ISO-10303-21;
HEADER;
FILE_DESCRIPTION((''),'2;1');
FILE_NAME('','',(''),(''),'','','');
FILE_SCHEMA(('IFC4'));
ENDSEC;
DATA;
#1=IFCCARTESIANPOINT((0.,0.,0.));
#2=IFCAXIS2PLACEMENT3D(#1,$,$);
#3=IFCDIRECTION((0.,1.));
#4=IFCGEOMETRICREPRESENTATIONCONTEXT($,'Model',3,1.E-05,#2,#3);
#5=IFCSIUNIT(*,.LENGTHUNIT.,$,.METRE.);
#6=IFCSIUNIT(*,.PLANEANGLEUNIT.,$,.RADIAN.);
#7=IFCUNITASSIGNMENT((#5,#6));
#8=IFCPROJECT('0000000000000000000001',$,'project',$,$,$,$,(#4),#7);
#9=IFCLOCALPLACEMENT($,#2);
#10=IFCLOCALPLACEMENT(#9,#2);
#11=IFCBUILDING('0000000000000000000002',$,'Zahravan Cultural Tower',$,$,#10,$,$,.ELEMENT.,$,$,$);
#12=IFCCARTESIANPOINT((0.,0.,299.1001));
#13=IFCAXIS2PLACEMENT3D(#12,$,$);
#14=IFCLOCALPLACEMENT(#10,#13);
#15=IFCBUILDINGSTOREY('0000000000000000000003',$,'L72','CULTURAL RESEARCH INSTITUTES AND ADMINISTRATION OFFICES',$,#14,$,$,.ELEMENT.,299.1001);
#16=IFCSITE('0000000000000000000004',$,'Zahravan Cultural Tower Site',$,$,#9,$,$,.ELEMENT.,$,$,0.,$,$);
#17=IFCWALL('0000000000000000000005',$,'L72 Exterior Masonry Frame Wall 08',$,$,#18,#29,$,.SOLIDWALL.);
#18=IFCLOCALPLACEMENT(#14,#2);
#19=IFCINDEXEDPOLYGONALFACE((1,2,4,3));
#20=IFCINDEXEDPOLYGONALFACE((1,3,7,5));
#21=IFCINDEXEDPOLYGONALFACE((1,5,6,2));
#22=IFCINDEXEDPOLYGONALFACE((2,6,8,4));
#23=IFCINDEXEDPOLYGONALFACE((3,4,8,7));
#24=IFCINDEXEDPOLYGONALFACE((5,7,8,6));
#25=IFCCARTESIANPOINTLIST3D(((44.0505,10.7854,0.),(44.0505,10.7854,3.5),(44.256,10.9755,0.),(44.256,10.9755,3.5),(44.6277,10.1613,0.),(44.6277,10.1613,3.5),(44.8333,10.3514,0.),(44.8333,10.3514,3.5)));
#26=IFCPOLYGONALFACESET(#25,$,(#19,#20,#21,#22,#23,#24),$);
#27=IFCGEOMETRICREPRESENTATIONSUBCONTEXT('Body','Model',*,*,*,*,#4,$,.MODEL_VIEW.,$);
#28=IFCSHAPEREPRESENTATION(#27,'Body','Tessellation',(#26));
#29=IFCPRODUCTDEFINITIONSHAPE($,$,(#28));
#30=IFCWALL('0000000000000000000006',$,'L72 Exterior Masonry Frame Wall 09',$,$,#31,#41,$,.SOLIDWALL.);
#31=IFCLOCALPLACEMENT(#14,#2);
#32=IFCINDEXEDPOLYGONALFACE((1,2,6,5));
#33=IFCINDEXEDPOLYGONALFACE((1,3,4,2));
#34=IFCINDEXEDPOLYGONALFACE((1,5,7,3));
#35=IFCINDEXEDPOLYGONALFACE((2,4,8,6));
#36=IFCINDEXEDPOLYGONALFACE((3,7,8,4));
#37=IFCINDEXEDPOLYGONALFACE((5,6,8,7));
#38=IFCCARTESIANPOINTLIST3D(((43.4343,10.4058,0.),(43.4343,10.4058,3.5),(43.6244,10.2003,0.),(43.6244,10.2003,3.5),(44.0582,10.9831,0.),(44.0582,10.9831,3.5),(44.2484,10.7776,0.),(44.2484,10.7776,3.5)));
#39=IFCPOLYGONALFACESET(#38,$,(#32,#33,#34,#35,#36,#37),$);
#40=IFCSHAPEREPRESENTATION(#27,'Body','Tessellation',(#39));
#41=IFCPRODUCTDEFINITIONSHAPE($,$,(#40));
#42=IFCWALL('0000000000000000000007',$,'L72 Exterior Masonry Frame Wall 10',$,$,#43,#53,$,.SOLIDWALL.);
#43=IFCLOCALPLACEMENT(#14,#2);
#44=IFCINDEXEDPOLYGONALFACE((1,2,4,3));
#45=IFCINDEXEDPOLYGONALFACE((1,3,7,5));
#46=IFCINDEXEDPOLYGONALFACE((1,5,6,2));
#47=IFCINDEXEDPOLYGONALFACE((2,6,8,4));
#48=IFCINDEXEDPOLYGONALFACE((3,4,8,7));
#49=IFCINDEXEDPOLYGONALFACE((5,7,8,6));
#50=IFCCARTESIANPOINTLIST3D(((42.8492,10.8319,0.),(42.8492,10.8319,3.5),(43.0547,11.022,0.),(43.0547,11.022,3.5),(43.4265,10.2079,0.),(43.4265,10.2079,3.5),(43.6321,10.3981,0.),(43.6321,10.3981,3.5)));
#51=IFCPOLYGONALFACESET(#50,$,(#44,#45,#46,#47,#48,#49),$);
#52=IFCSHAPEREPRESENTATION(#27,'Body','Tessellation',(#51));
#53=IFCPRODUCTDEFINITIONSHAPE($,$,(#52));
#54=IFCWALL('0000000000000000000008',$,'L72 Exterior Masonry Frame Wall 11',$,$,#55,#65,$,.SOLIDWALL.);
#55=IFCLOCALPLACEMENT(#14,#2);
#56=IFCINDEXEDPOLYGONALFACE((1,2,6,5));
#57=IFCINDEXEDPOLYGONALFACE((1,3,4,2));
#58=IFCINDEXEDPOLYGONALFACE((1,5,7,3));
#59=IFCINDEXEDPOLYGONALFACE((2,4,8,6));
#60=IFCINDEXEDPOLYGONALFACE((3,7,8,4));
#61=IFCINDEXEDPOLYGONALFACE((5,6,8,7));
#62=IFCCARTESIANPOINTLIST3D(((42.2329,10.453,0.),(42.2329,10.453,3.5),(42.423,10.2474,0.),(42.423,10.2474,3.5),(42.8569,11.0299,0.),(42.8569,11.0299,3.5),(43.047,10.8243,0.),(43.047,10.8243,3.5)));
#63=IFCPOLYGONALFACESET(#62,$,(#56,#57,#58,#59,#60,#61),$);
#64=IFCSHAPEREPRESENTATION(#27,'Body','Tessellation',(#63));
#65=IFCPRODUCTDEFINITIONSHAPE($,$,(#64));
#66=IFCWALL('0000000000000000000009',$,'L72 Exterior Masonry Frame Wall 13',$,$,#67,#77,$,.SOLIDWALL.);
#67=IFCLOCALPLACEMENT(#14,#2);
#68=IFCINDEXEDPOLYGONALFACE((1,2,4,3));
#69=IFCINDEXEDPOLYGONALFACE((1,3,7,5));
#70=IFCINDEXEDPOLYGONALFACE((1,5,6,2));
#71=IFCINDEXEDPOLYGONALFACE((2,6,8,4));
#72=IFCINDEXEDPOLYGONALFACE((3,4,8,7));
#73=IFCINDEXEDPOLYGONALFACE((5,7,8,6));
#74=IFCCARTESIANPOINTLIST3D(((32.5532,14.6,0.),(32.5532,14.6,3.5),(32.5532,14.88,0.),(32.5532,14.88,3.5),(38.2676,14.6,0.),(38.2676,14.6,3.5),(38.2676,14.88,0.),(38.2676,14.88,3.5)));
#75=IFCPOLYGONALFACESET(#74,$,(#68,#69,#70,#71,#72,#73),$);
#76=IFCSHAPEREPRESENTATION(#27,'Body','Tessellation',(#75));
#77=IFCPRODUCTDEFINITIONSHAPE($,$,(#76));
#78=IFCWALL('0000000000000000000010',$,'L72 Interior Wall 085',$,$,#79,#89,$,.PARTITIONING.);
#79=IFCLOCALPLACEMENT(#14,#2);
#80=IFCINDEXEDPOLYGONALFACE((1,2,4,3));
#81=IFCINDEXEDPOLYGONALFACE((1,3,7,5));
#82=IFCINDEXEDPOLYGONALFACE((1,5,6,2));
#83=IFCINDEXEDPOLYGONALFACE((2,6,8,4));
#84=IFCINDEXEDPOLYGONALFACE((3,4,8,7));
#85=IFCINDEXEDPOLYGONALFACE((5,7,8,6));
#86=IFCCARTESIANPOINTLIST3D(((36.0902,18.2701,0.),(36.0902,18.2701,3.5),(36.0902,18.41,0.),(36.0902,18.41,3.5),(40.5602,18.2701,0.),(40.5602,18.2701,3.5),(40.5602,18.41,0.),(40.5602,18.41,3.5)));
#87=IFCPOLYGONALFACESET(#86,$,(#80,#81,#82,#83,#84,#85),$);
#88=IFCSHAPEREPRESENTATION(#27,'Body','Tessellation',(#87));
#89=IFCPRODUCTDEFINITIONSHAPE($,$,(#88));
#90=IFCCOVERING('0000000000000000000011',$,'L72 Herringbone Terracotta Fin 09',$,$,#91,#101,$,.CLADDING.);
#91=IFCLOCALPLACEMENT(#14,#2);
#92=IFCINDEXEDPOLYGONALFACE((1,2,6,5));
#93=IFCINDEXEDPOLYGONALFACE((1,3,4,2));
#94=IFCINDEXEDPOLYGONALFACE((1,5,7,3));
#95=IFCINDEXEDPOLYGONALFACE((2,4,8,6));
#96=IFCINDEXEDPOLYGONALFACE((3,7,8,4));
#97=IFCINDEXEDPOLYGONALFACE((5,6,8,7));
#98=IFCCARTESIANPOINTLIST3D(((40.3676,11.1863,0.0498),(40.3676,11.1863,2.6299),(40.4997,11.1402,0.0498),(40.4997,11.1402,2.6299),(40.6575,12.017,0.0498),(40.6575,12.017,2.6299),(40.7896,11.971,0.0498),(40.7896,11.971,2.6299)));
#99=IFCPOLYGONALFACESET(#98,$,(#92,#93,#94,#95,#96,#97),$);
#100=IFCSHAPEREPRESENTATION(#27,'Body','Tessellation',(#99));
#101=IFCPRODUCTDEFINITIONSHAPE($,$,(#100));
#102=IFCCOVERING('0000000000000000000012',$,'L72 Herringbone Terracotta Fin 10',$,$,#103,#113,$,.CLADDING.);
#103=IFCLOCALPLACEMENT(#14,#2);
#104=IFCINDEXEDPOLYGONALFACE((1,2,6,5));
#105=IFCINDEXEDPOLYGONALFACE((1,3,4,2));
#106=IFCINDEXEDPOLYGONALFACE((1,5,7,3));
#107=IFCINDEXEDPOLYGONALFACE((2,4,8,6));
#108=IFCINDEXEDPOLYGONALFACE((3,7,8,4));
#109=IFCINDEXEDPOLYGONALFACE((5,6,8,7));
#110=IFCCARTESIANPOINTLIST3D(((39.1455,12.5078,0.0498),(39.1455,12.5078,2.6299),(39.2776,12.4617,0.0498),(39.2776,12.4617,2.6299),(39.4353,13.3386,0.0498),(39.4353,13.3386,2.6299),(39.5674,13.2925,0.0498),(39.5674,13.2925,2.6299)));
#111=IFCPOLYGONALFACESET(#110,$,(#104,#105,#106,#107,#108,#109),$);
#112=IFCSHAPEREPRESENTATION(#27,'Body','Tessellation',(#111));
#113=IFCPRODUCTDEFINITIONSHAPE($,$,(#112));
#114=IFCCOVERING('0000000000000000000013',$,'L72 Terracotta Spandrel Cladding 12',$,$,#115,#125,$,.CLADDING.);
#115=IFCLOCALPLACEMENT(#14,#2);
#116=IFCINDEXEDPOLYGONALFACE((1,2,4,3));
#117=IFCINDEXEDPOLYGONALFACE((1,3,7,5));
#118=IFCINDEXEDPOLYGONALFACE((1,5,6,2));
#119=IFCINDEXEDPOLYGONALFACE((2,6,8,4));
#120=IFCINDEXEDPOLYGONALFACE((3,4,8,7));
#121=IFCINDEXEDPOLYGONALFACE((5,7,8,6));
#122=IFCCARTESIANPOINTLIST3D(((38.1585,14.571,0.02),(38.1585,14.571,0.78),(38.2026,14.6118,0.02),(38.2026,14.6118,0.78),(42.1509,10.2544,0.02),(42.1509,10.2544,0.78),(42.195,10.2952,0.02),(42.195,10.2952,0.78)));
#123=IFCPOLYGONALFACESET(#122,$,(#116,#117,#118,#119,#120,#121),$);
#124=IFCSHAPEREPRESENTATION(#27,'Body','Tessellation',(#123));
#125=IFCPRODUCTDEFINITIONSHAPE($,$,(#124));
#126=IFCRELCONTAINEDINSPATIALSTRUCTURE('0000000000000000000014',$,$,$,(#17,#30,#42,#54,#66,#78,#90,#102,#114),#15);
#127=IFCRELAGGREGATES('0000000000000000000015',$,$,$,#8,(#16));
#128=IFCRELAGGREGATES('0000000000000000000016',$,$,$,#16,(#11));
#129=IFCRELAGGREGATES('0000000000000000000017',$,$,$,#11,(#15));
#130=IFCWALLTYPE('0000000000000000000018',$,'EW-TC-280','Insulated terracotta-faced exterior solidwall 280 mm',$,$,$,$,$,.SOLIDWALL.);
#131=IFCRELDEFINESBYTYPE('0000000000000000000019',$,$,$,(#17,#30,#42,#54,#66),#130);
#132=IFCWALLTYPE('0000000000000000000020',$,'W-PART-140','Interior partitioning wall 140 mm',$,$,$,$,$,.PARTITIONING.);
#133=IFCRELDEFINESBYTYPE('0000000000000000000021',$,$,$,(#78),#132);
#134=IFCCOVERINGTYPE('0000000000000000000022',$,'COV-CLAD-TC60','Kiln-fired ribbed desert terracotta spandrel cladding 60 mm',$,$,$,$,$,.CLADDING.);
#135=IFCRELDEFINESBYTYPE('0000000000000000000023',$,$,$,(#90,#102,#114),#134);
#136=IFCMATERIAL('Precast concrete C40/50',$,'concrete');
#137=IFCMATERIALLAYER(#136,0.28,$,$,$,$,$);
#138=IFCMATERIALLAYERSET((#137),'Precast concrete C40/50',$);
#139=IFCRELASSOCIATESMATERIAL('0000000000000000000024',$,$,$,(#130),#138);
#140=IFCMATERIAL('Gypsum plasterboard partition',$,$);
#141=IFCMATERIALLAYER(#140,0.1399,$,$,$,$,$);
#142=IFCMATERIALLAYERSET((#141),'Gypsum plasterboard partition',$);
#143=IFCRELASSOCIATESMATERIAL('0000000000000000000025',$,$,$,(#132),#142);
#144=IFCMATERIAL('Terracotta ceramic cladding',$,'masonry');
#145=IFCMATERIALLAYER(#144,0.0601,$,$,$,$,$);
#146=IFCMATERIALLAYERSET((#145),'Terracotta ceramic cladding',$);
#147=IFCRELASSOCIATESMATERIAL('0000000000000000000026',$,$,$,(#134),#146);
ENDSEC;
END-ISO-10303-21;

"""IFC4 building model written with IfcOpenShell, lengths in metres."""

from ifc_helpers import new_model, si_unit, direction, frame, frame_2d, origin, origin_2d, place, context, subcontext, project, spatial, rectangle, extrude, source, transform, mapped, material, layer, layer_set, type_object, element, save


model = new_model("IFC4")

# Units and contexts
model_context = context("Model", 3, precision=1e-05, world=origin(), true_north=direction((0.0, 1.0)))
body_context = subcontext(model_context, "Body", "Model", "MODEL_VIEW")
ifc_project = project(units=[si_unit("LENGTHUNIT", "METRE"), si_unit("PLANEANGLEUNIT", "RADIAN")], contexts=[model_context])

# Site, building, storey
site_placement = place(None, origin())
site = spatial("IfcSite", under=ifc_project, at=site_placement, Name="Zahravan Cultural Tower Site", CompositionType="ELEMENT", RefElevation=0.0)
building_placement = place(site_placement, origin())
building = spatial("IfcBuilding", under=site, at=building_placement, Name="Zahravan Cultural Tower", CompositionType="ELEMENT")
storey_placement = place(building_placement, frame((0.0, 0.0, 299.1001)))
storey = spatial("IfcBuildingStorey", under=building, at=storey_placement, Name="L72", Description="CULTURAL RESEARCH INSTITUTES AND ADMINISTRATION OFFICES", CompositionType="ELEMENT", Elevation=299.1001)

# Shared definitions
ifc_material_1 = material(Name="Precast concrete C40/50", Category="concrete")
ifc_layer_1 = layer(ifc_material_1, 0.28)
ifc_layer_set_1 = layer_set([ifc_layer_1], Name="Precast concrete C40/50")
wall_type_1 = type_object("IfcWallType", Name="EW-TC-280", Description="Insulated terracotta-faced exterior solidwall 280 mm", PredefinedType="SOLIDWALL", material=ifc_layer_set_1)

# Walls
shared_shape_1 = source(origin(), body_context, "Body", "SweptSolid", [
    extrude(rectangle(XDim=0.8501, YDim=0.28, at=frame_2d((0.425, 0.0))), origin(), (0.0, 0.0, 1.0), 3.5),
])
for number, where, z_axis, x_axis, name in (
    (1, (44.7305, 10.2563, 0.0), (0.0, 0.0, 1.0), (-0.678996, 0.734142, 0.0), "L72 Exterior Masonry Frame Wall 08"),
    (2, (44.1533, 10.8804, 0.0), (0.0, 0.0, 1.0), (-0.733999, -0.67915, 0.0), "L72 Exterior Masonry Frame Wall 09"),
    (3, (43.5293, 10.303, 0.0), (0.0, 0.0, 1.0), (-0.67915, 0.733999, 0.0), "L72 Exterior Masonry Frame Wall 10"),
):
    element("IfcWall", number, at=place(storey_placement, frame(where, z_axis=z_axis, x_axis=x_axis)), inside=storey, type_object=wall_type_1, Name=name, PredefinedType="SOLIDWALL", context=body_context, shape_type="MappedRepresentation", body=[
        mapped(shared_shape_1, transform((0.0, 0.0, 0.0), x_axis=(1.0, 0.0, 0.0), y_axis=(0.0, 1.0, 0.0), z_axis=(0.0, 0.0, 1.0), scale=1.0)),
    ])
shared_shape_2 = source(origin(), body_context, "Body", "SweptSolid", [
    extrude(rectangle(XDim=0.8499, YDim=0.28, at=frame_2d((0.4248, 0.0))), origin(), (0.0, 0.0, 1.0), 3.5),
])
wall_1_placement = place(storey_placement, frame((42.9519, 10.927, 0.0), z_axis=(0.0, 0.0, 1.0), x_axis=(-0.734286, -0.678841, 0.0)))
element("IfcWall", 4, at=wall_1_placement, inside=storey, type_object=wall_type_1, Name="L72 Exterior Masonry Frame Wall 11", PredefinedType="SOLIDWALL", context=body_context, shape_type="MappedRepresentation", body=[
    mapped(shared_shape_2, transform((0.0, 0.0, 0.0), x_axis=(1.0, 0.0, 0.0), y_axis=(0.0, 1.0, 0.0), z_axis=(0.0, 0.0, 1.0), scale=1.0)),
])
shared_shape_3 = source(origin(), body_context, "Body", "SweptSolid", [
    extrude(rectangle(XDim=5.7144, YDim=0.28, at=frame_2d((2.8572, 0.0))), origin(), (0.0, 0.0, 1.0), 3.5),
])
wall_2_placement = place(storey_placement, frame((38.2676, 14.74, 0.0), z_axis=(0.0, 0.0, 1.0), x_axis=(-1.0, 0.0, 0.0)))
element("IfcWall", 5, at=wall_2_placement, inside=storey, type_object=wall_type_1, Name="L72 Exterior Masonry Frame Wall 13", PredefinedType="SOLIDWALL", context=body_context, shape_type="MappedRepresentation", body=[
    mapped(shared_shape_3, transform((0.0, 0.0, 0.0), x_axis=(1.0, 0.0, 0.0), y_axis=(0.0, 1.0, 0.0), z_axis=(0.0, 0.0, 1.0), scale=1.0)),
])
ifc_material_2 = material(Name="Gypsum plasterboard partition")
ifc_layer_2 = layer(ifc_material_2, 0.1399)
ifc_layer_set_2 = layer_set([ifc_layer_2], Name="Gypsum plasterboard partition")
wall_type_2 = type_object("IfcWallType", Name="W-PART-140", Description="Interior partitioning wall 140 mm", PredefinedType="PARTITIONING", material=ifc_layer_set_2)
shared_shape_4 = source(origin(), body_context, "Body", "SweptSolid", [
    extrude(rectangle(XDim=4.47, YDim=0.1399, at=frame_2d((2.2349, 0.0))), origin(), (0.0, 0.0, 1.0), 3.5),
])
wall_3_placement = place(storey_placement, frame((40.5601, 18.3401, 0.0), z_axis=(0.0, 0.0, 1.0), x_axis=(-1.0, 0.0, 0.0)))
element("IfcWall", 6, at=wall_3_placement, inside=storey, type_object=wall_type_2, Name="L72 Interior Wall 085", PredefinedType="PARTITIONING", context=body_context, shape_type="MappedRepresentation", body=[
    mapped(shared_shape_4, transform((0.0, 0.0, 0.0), x_axis=(1.0, 0.0, 0.0), y_axis=(0.0, 1.0, 0.0), z_axis=(0.0, 0.0, 1.0), scale=1.0)),
])

# Coverings
ifc_material_3 = material(Name="Terracotta ceramic cladding", Category="masonry")
ifc_layer_3 = layer(ifc_material_3, 0.0601)
ifc_layer_set_3 = layer_set([ifc_layer_3], Name="Terracotta ceramic cladding")
covering_type = type_object("IfcCoveringType", Name="COV-CLAD-TC60", Description="Kiln-fired ribbed desert terracotta spandrel cladding 60 mm", PredefinedType="CLADDING", material=ifc_layer_set_3)
shared_shape_5 = source(origin(), body_context, "Body", "SweptSolid", [
    extrude(rectangle(XDim=0.8799, YDim=0.1399, at=origin_2d()), origin(), (0.0, 0.0, 1.0), 2.5801),
])
for number, where, z_axis, x_axis, name in (
    (7, (40.5786, 11.5786, 0.0498), (0.0, 0.0, 1.0), (-0.329427, -0.944181, 0.0), "L72 Herringbone Terracotta Fin 09"),
    (8, (39.3564, 12.9001, 0.0498), (0.0, 0.0, 1.0), (-0.329427, -0.944181, 0.0), "L72 Herringbone Terracotta Fin 10"),
):
    element("IfcCovering", number, at=place(storey_placement, frame(where, z_axis=z_axis, x_axis=x_axis)), inside=storey, type_object=covering_type, Name=name, PredefinedType="CLADDING", context=body_context, shape_type="MappedRepresentation", body=[
        mapped(shared_shape_5, transform((0.0, 0.0, 0.0), x_axis=(1.0, 0.0, 0.0), y_axis=(0.0, 1.0, 0.0), z_axis=(0.0, 0.0, 1.0), scale=1.0)),
    ])
shared_shape_6 = source(origin(), body_context, "Body", "SweptSolid", [
    extrude(rectangle(XDim=5.8799, YDim=0.0601, at=origin_2d()), origin(), (0.0, 0.0, 1.0), 0.76),
])
covering_placement = place(storey_placement, frame((40.1768, 12.4331, 0.02), z_axis=(0.0, 0.0, 1.0), x_axis=(-0.679006, 0.734133, 0.0)))
element("IfcCovering", 9, at=covering_placement, inside=storey, type_object=covering_type, Name="L72 Terracotta Spandrel Cladding 12", PredefinedType="CLADDING", context=body_context, shape_type="MappedRepresentation", body=[
    mapped(shared_shape_6, transform((0.0, 0.0, 0.0), x_axis=(1.0, 0.0, 0.0), y_axis=(0.0, 1.0, 0.0), z_axis=(0.0, 0.0, 1.0), scale=1.0)),
])

save(model, "model.ifc")
